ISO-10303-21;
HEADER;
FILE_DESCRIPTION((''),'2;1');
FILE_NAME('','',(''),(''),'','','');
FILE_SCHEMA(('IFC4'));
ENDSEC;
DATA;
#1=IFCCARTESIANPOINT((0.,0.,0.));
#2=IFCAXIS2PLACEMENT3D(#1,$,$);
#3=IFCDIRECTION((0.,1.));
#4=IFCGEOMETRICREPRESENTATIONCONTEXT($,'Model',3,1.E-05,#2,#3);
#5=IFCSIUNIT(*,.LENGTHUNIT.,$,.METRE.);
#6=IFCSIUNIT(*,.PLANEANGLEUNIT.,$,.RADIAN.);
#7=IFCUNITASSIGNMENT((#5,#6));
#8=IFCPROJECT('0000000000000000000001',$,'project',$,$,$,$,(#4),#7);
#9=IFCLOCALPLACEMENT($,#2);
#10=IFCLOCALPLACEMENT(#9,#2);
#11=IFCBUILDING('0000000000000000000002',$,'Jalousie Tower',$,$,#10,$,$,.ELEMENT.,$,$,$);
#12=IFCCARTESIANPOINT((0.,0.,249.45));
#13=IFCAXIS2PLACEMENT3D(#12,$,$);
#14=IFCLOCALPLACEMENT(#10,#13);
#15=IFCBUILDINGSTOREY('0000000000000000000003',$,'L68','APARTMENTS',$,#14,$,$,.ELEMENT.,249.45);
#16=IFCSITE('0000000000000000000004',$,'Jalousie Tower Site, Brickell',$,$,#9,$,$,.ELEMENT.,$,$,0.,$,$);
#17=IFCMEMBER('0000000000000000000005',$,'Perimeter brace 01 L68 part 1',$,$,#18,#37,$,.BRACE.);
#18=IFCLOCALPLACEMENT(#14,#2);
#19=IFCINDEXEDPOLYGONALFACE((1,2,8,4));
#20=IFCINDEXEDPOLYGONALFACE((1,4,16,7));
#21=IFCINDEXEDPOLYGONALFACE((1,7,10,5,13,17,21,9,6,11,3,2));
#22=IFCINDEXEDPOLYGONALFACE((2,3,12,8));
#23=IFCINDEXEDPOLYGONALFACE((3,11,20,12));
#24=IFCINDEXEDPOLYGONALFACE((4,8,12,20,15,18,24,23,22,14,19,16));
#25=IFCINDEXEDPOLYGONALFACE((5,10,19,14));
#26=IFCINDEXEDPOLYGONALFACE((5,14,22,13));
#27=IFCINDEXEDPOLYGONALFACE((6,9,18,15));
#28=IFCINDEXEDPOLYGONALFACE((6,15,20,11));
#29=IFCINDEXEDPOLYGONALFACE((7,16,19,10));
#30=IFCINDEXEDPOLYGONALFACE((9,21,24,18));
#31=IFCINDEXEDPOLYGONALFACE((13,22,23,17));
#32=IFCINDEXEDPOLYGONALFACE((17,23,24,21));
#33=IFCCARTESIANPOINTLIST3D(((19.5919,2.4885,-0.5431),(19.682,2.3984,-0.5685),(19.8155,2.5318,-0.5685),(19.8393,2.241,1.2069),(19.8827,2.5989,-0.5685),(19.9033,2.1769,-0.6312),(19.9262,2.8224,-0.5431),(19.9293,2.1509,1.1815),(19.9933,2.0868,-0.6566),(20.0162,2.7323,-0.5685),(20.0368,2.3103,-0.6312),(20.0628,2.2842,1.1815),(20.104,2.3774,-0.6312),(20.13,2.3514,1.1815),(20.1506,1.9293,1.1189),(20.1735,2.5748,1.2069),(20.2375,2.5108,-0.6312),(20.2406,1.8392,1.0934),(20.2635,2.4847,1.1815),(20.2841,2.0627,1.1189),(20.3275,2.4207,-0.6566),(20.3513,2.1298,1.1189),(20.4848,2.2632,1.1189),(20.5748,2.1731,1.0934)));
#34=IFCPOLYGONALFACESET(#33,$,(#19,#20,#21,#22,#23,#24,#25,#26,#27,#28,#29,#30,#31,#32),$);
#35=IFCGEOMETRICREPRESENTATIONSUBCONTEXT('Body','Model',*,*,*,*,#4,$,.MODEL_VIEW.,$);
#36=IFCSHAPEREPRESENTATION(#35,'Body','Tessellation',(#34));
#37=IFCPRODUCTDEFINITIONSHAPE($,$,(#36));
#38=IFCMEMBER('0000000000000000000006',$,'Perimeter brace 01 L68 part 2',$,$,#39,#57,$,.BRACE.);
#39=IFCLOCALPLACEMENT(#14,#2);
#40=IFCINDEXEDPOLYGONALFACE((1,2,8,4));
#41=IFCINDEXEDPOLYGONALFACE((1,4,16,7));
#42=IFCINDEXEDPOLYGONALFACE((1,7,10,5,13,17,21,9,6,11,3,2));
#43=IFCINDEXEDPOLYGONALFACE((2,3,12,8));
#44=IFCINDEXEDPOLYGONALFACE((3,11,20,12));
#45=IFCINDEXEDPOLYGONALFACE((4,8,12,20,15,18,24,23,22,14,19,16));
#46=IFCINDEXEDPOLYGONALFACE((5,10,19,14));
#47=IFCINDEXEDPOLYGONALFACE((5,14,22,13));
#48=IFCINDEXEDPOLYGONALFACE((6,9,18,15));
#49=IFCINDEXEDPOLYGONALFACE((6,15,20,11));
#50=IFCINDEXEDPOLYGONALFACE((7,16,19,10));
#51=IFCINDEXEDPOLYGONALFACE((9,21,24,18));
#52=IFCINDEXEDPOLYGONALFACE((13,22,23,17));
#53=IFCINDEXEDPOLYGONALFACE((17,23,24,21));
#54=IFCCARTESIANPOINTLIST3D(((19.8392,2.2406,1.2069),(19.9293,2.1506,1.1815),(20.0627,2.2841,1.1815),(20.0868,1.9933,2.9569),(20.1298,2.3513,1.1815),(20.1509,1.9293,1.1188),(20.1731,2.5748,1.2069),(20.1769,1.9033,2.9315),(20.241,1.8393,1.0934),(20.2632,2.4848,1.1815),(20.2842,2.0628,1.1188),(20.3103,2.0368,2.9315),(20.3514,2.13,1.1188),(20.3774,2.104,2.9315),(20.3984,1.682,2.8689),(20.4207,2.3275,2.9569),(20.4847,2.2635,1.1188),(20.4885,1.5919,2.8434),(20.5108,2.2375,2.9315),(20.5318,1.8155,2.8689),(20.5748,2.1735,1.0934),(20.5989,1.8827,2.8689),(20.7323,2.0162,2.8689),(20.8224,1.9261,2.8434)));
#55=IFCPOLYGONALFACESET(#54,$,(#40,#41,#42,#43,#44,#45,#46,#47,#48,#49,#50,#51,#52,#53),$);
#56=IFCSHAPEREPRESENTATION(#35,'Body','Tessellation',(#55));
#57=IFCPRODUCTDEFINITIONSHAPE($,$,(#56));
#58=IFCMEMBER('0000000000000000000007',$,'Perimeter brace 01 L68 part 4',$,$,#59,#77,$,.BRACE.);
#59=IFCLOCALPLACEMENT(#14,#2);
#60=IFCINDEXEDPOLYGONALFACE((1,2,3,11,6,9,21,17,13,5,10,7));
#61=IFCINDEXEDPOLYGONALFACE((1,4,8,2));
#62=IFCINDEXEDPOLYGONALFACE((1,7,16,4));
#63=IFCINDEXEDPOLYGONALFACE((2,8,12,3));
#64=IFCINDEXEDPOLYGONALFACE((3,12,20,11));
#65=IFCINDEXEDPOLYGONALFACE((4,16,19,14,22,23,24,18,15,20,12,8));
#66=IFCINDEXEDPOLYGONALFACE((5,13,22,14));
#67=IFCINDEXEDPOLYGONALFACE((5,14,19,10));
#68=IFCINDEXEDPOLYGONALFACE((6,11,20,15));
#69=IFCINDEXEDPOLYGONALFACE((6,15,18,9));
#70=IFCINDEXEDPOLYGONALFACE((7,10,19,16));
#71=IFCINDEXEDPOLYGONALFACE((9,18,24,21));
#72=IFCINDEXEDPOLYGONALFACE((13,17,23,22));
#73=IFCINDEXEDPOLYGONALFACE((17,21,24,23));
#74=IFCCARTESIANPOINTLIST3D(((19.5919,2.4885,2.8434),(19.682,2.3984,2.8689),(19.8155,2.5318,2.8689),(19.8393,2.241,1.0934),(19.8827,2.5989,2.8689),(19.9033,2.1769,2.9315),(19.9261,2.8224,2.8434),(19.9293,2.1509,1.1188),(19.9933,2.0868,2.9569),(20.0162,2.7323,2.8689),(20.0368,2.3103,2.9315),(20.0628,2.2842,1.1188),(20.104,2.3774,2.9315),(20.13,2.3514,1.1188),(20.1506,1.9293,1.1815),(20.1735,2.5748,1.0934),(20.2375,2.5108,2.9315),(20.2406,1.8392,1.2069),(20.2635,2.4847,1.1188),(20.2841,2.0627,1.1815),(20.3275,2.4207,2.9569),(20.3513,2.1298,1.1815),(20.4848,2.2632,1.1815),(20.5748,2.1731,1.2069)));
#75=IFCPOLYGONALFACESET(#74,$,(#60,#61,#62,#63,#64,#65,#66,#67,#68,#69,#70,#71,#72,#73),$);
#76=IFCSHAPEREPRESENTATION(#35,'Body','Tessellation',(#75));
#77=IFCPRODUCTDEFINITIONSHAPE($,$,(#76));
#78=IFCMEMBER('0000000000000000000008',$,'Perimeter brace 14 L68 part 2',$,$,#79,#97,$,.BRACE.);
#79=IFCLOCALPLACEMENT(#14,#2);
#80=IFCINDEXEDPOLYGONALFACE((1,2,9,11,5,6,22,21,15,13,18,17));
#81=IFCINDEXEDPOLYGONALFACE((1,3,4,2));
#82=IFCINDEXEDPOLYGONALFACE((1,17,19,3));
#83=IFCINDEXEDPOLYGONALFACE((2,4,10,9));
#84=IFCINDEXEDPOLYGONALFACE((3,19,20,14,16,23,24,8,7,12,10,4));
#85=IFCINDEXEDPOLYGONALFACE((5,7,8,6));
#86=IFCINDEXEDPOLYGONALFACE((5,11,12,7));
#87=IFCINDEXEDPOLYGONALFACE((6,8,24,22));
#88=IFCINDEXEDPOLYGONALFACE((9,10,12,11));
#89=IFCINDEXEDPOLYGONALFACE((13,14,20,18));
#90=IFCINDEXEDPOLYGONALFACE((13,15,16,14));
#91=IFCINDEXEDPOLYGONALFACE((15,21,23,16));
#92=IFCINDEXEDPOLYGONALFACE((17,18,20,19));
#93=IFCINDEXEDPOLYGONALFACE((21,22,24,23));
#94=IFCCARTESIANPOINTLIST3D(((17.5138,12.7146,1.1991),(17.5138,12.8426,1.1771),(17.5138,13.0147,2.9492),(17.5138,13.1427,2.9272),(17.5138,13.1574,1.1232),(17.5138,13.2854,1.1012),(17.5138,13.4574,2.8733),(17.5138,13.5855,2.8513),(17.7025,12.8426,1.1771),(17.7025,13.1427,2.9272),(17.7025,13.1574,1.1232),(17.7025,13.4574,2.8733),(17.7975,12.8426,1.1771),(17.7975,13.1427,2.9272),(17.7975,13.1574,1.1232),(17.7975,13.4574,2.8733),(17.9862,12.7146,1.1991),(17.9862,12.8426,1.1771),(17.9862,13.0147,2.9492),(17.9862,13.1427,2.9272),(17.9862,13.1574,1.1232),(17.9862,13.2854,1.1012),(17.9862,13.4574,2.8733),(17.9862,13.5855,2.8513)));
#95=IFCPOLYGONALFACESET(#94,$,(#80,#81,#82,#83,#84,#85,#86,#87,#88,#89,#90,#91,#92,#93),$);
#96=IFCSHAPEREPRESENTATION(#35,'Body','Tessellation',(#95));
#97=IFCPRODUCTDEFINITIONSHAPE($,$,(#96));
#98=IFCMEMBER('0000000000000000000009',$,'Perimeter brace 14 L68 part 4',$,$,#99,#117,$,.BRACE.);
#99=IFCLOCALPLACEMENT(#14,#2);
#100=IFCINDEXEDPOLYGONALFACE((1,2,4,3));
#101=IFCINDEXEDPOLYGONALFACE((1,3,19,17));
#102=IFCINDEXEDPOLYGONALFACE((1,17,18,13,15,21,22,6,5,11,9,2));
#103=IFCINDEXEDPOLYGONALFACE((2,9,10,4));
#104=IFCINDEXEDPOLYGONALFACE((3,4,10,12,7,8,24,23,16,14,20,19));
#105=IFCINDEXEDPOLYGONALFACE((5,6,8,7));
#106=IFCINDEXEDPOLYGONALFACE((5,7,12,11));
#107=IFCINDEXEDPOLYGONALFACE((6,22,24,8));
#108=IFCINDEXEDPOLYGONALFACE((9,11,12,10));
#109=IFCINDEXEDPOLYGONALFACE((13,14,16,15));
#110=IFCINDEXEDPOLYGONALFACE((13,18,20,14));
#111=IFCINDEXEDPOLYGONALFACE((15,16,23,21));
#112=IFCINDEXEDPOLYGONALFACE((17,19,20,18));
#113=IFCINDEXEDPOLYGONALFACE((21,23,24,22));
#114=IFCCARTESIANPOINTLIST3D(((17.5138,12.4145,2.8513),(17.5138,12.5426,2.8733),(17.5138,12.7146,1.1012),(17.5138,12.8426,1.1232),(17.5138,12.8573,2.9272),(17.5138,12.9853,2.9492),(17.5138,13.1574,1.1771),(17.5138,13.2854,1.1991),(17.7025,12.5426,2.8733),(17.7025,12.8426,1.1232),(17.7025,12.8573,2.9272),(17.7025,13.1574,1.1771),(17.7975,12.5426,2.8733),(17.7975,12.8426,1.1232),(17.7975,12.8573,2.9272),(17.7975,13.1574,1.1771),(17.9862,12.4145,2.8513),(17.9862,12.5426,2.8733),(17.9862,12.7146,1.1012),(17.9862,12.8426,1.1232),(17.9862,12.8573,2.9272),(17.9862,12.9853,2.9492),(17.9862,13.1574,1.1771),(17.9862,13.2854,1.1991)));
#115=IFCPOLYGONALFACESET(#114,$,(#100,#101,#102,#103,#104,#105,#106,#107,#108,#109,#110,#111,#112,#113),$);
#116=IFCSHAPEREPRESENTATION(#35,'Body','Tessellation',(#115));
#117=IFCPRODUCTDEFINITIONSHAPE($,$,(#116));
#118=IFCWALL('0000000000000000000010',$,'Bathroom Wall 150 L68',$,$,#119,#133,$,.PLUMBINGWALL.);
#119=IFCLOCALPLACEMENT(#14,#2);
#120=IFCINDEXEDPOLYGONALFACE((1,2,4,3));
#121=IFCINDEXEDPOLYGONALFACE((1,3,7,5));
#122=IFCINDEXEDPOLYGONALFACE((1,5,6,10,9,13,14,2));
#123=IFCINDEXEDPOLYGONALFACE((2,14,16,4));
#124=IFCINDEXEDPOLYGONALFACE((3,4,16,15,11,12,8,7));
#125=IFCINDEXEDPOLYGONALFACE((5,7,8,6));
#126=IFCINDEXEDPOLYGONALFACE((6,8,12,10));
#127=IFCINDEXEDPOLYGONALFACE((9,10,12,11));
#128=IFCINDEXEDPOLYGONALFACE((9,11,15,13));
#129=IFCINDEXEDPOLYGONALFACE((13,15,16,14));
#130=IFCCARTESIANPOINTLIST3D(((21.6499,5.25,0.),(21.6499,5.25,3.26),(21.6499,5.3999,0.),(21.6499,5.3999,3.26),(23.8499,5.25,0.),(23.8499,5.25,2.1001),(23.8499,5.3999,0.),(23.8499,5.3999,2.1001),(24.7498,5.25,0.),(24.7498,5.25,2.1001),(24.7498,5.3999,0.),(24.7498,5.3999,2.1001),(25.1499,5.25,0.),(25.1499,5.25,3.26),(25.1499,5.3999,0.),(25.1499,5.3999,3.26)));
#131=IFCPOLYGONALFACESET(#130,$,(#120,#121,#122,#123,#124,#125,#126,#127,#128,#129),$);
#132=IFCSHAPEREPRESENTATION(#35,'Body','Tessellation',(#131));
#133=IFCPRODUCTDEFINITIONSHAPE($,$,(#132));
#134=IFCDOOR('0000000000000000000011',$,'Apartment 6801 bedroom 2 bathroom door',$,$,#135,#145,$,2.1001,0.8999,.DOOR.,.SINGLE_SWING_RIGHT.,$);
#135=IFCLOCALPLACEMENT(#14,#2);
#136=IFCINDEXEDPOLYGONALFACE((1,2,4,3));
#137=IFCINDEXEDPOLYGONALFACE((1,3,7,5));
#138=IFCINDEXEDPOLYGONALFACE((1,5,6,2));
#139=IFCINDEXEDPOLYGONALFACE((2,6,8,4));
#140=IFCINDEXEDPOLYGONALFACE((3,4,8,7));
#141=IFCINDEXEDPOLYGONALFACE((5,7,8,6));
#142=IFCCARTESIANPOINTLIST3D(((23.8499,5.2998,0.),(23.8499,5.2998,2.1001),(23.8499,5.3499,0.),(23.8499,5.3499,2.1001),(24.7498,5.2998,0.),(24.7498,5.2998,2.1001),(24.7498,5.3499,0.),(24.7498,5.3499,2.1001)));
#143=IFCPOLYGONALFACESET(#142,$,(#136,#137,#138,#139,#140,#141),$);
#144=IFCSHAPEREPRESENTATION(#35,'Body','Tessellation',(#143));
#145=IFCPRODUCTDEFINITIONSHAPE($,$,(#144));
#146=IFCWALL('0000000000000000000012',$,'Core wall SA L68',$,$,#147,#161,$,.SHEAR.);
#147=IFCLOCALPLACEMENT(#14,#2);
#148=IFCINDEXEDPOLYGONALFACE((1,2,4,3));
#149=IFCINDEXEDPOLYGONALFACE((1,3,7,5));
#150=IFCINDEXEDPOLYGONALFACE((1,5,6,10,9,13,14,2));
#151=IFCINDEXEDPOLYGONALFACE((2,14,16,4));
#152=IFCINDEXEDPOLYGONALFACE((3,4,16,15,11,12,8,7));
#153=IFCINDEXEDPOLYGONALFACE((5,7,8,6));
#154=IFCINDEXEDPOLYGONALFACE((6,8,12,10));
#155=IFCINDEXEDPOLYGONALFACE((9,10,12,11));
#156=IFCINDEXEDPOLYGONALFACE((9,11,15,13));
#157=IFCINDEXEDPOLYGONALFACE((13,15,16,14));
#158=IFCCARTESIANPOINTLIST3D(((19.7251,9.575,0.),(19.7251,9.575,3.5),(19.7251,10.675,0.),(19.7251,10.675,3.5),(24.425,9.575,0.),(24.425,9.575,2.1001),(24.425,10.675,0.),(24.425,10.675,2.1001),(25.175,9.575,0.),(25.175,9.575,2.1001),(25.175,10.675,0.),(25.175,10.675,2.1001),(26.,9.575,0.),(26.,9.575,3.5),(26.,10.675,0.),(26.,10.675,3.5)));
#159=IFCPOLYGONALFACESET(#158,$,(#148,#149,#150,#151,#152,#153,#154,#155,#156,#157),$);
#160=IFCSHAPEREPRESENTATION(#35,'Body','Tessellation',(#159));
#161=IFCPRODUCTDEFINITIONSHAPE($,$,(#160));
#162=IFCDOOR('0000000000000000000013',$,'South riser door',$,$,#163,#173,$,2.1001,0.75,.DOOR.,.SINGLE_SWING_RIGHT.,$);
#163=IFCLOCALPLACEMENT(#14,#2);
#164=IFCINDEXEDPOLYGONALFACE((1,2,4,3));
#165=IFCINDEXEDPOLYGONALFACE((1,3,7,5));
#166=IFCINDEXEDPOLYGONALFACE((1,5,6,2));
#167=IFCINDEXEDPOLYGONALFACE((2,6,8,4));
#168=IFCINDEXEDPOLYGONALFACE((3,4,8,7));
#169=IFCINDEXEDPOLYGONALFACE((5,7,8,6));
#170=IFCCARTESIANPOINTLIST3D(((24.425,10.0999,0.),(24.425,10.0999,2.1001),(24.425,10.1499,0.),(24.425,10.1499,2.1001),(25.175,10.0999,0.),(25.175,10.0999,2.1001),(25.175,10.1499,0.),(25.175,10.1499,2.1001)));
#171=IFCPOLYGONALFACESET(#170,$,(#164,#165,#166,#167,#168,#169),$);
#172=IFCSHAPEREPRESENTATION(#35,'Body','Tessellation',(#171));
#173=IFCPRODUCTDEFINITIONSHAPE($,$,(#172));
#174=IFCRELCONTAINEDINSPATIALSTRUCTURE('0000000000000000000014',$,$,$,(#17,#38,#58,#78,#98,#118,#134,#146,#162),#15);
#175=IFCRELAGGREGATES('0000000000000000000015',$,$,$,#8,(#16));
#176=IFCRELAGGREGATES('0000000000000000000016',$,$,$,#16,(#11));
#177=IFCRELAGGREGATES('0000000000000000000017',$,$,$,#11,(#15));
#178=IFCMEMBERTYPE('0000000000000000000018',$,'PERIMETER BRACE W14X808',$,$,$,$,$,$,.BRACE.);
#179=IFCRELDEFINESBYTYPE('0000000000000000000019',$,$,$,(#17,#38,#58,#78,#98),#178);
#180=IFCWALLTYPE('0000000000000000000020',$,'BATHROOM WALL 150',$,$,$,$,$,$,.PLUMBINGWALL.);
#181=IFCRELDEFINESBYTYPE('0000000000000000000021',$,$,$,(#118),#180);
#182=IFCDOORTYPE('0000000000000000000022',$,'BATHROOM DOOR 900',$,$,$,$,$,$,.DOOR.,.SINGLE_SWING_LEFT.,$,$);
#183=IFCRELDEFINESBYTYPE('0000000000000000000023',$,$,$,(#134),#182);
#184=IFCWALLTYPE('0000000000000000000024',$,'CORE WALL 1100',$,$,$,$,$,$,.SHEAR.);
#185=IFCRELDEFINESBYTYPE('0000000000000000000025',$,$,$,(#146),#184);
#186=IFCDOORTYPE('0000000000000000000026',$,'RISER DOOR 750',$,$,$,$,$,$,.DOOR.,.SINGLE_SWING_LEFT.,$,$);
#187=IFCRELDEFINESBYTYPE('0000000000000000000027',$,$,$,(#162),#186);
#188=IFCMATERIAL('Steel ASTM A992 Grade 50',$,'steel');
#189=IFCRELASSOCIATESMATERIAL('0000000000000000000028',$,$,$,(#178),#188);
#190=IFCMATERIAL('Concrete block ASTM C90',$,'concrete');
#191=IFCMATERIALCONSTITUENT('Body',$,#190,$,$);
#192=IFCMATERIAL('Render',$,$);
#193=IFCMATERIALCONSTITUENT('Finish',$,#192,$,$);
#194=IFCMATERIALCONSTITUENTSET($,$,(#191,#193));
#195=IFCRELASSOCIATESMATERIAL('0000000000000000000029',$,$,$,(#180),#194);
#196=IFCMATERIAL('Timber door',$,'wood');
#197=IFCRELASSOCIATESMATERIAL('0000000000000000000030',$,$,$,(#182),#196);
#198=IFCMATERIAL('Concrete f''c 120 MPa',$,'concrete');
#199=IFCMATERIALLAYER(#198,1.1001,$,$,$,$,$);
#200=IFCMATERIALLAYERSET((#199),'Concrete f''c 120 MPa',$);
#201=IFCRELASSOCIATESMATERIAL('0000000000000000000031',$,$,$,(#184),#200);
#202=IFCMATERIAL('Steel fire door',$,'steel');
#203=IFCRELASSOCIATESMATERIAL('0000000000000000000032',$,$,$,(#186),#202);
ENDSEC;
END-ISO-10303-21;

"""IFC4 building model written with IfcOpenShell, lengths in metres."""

from ifc_helpers import new_model, si_unit, direction, frame, frame_2d, origin, origin_2d, place, context, subcontext, project, spatial, rectangle, i_section, extrude, material, layer, layer_set, constituent, constituent_set, material_profile, profile_set, type_object, element, fill, save


model = new_model("IFC4")

# Units and contexts
model_context = context("Model", 3, precision=1e-05, world=origin(), true_north=direction((0.0, 1.0)))
body_context = subcontext(model_context, "Body", "Model", "MODEL_VIEW")
ifc_project = project(units=[si_unit("LENGTHUNIT", "METRE"), si_unit("PLANEANGLEUNIT", "RADIAN")], contexts=[model_context])

# Site, building, storey
site_placement = place(None, origin())
site = spatial("IfcSite", under=ifc_project, at=site_placement, Name="Jalousie Tower Site, Brickell", CompositionType="ELEMENT", RefElevation=0.0)
building_placement = place(site_placement, origin())
building = spatial("IfcBuilding", under=site, at=building_placement, Name="Jalousie Tower", CompositionType="ELEMENT")
storey_placement = place(building_placement, frame((0.0, 0.0, 249.45)))
storey = spatial("IfcBuildingStorey", under=building, at=storey_placement, Name="L68", Description="APARTMENTS", CompositionType="ELEMENT", Elevation=249.45)

# Members
ifc_material_1 = material(Name="Steel ASTM A992 Grade 50", Category="steel")
ifc_material_profile = material_profile(ifc_material_1, i_section(OverallWidth=0.4724, OverallDepth=0.5791, WebThickness=0.095, FlangeThickness=0.1299, at=origin_2d()), Name="W14X808")
ifc_profile_set = profile_set([ifc_material_profile], Name="Steel ASTM A992 Grade 50")
member_type = type_object("IfcMemberType", Name="PERIMETER BRACE W14X808", PredefinedType="BRACE", material=ifc_profile_set)
for number, where, z_axis, x_axis, name in (
    (1, (19.9597, 2.4546, -0.5999), (0.138579, -0.138716, 0.980588), (0.707456, 0.706758, 0.0), "Perimeter brace 01 L68 part 1"),
    (2, (20.207, 2.207, 1.1501), (0.138716, -0.138579, 0.980588), (0.706758, 0.707456, 0.0), "Perimeter brace 01 L68 part 2"),
    (3, (20.207, 2.207, 1.1501), (-0.138579, 0.138716, 0.980588), (-0.707456, -0.706758, 0.0), "Perimeter brace 01 L68 part 4"),
):
    element("IfcMember", number, at=place(storey_placement, frame(where, z_axis=z_axis, x_axis=x_axis)), inside=storey, type_object=member_type, Name=name, PredefinedType="BRACE", context=body_context, shape_type="SweptSolid", body=[
        extrude(i_section(OverallWidth=0.4724, OverallDepth=0.5791, WebThickness=0.095, FlangeThickness=0.1299, at=origin_2d()), origin(), (0.0, 0.0, 1.0), 1.7847),
    ])
for number, where, z_axis, x_axis, name in (
    (4, (17.75, 13.0, 1.1501), (0.0, 0.168991, 0.985618), (-1.0, 0.0, 0.0), "Perimeter brace 14 L68 part 2"),
    (5, (17.75, 13.0, 1.1501), (0.0, -0.168991, 0.985618), (1.0, 0.0, 0.0), "Perimeter brace 14 L68 part 4"),
):
    element("IfcMember", number, at=place(storey_placement, frame(where, z_axis=z_axis, x_axis=x_axis)), inside=storey, type_object=member_type, Name=name, PredefinedType="BRACE", context=body_context, shape_type="SweptSolid", body=[
        extrude(i_section(OverallWidth=0.4724, OverallDepth=0.5791, WebThickness=0.095, FlangeThickness=0.1299, at=origin_2d()), origin(), (0.0, 0.0, 1.0), 1.7756),
    ])

# Walls, openings, doors
ifc_material_2 = material(Name="Concrete block ASTM C90", Category="concrete")
ifc_constituent_1 = constituent(ifc_material_2, Name="Body")
ifc_material_3 = material(Name="Render")
ifc_constituent_2 = constituent(ifc_material_3, Name="Finish")
ifc_constituent_set_1 = constituent_set(constituents=[ifc_constituent_1, ifc_constituent_2])
wall_type_1 = type_object("IfcWallType", Name="BATHROOM WALL 150", PredefinedType="PLUMBINGWALL", material=ifc_constituent_set_1)
wall_1_placement = place(storey_placement, frame((21.6499, 5.325, 0.0), z_axis=(0.0, 0.0, 1.0), x_axis=(1.0, 0.0, 0.0)))
wall_1 = element("IfcWall", 6, at=wall_1_placement, inside=storey, type_object=wall_type_1, Name="Bathroom Wall 150 L68", PredefinedType="PLUMBINGWALL", context=body_context, shape_type="SweptSolid", body=[
    extrude(rectangle(XDim=3.5, YDim=0.1499, at=frame_2d((1.75, 0.0))), origin(), (0.0, 0.0, 1.0), 3.26),
])
opening_1_placement = place(wall_1_placement, frame((2.2, 0.0, 0.0)))
opening_1 = element("IfcOpeningElement", 7, at=opening_1_placement, cuts=wall_1, PredefinedType="OPENING", context=body_context, shape_type="SweptSolid", body=[
    extrude(rectangle(XDim=0.8999, YDim=2.1001, at=frame_2d((0.45, 1.05))), frame((0.0, 0.085, 0.0), z_axis=(0.0, -1.0, 0.0), x_axis=(1.0, 0.0, 0.0)), (0.0, 0.0, 1.0), 0.1699),
])
ifc_material_4 = material(Name="Timber door", Category="wood")
door_type_1 = type_object("IfcDoorType", Name="BATHROOM DOOR 900", OperationType="SINGLE_SWING_LEFT", PredefinedType="DOOR", material=ifc_material_4)
door_1_placement = place(opening_1_placement, origin())
door_1 = element("IfcDoor", 8, at=door_1_placement, inside=storey, type_object=door_type_1, Name="Apartment 6801 bedroom 2 bathroom door", OperationType="SINGLE_SWING_RIGHT", OverallHeight=2.1001, OverallWidth=0.8999, PredefinedType="DOOR", context=body_context, shape_type="SweptSolid", body=[
    extrude(rectangle(XDim=0.8999, YDim=2.1001, at=frame_2d((0.45, 1.05))), frame((0.0, 0.0249, 0.0), z_axis=(0.0, -1.0, 0.0), x_axis=(1.0, 0.0, 0.0)), (0.0, 0.0, 1.0), 0.05),
])
fill(opening_1, door_1)
ifc_material_5 = material(Name="Concrete f'c 120 MPa", Category="concrete")
ifc_layer = layer(ifc_material_5, 1.1001)
ifc_layer_set = layer_set([ifc_layer], Name="Concrete f'c 120 MPa")
wall_type_2 = type_object("IfcWallType", Name="CORE WALL 1100", PredefinedType="SHEAR", material=ifc_layer_set)
wall_2_placement = place(storey_placement, frame((19.7251, 10.125, 0.0), z_axis=(0.0, 0.0, 1.0), x_axis=(1.0, 0.0, 0.0)))
wall_2 = element("IfcWall", 9, at=wall_2_placement, inside=storey, type_object=wall_type_2, Name="Core wall SA L68", PredefinedType="SHEAR", context=body_context, shape_type="SweptSolid", body=[
    extrude(rectangle(XDim=6.2749, YDim=1.1001, at=frame_2d((3.1375, 0.0))), origin(), (0.0, 0.0, 1.0), 3.5),
])
opening_2_placement = place(wall_2_placement, frame((4.7, 0.0, 0.0)))
opening_2 = element("IfcOpeningElement", 10, at=opening_2_placement, cuts=wall_2, PredefinedType="OPENING", context=body_context, shape_type="SweptSolid", body=[
    extrude(rectangle(XDim=0.75, YDim=2.1001, at=frame_2d((0.375, 1.05))), frame((0.0, 0.5601, 0.0), z_axis=(0.0, -1.0, 0.0), x_axis=(1.0, 0.0, 0.0)), (0.0, 0.0, 1.0), 1.1201),
])
ifc_material_6 = material(Name="Steel fire door", Category="steel")
door_type_2 = type_object("IfcDoorType", Name="RISER DOOR 750", OperationType="SINGLE_SWING_LEFT", PredefinedType="DOOR", material=ifc_material_6)
door_2_placement = place(opening_2_placement, origin())
door_2 = element("IfcDoor", 11, at=door_2_placement, inside=storey, type_object=door_type_2, Name="South riser door", OperationType="SINGLE_SWING_RIGHT", OverallHeight=2.1001, OverallWidth=0.75, PredefinedType="DOOR", context=body_context, shape_type="SweptSolid", body=[
    extrude(rectangle(XDim=0.75, YDim=2.1001, at=frame_2d((0.375, 1.05))), frame((0.0, 0.0249, 0.0), z_axis=(0.0, -1.0, 0.0), x_axis=(1.0, 0.0, 0.0)), (0.0, 0.0, 1.0), 0.05),
])
fill(opening_2, door_2)

save(model, "model.ifc")
